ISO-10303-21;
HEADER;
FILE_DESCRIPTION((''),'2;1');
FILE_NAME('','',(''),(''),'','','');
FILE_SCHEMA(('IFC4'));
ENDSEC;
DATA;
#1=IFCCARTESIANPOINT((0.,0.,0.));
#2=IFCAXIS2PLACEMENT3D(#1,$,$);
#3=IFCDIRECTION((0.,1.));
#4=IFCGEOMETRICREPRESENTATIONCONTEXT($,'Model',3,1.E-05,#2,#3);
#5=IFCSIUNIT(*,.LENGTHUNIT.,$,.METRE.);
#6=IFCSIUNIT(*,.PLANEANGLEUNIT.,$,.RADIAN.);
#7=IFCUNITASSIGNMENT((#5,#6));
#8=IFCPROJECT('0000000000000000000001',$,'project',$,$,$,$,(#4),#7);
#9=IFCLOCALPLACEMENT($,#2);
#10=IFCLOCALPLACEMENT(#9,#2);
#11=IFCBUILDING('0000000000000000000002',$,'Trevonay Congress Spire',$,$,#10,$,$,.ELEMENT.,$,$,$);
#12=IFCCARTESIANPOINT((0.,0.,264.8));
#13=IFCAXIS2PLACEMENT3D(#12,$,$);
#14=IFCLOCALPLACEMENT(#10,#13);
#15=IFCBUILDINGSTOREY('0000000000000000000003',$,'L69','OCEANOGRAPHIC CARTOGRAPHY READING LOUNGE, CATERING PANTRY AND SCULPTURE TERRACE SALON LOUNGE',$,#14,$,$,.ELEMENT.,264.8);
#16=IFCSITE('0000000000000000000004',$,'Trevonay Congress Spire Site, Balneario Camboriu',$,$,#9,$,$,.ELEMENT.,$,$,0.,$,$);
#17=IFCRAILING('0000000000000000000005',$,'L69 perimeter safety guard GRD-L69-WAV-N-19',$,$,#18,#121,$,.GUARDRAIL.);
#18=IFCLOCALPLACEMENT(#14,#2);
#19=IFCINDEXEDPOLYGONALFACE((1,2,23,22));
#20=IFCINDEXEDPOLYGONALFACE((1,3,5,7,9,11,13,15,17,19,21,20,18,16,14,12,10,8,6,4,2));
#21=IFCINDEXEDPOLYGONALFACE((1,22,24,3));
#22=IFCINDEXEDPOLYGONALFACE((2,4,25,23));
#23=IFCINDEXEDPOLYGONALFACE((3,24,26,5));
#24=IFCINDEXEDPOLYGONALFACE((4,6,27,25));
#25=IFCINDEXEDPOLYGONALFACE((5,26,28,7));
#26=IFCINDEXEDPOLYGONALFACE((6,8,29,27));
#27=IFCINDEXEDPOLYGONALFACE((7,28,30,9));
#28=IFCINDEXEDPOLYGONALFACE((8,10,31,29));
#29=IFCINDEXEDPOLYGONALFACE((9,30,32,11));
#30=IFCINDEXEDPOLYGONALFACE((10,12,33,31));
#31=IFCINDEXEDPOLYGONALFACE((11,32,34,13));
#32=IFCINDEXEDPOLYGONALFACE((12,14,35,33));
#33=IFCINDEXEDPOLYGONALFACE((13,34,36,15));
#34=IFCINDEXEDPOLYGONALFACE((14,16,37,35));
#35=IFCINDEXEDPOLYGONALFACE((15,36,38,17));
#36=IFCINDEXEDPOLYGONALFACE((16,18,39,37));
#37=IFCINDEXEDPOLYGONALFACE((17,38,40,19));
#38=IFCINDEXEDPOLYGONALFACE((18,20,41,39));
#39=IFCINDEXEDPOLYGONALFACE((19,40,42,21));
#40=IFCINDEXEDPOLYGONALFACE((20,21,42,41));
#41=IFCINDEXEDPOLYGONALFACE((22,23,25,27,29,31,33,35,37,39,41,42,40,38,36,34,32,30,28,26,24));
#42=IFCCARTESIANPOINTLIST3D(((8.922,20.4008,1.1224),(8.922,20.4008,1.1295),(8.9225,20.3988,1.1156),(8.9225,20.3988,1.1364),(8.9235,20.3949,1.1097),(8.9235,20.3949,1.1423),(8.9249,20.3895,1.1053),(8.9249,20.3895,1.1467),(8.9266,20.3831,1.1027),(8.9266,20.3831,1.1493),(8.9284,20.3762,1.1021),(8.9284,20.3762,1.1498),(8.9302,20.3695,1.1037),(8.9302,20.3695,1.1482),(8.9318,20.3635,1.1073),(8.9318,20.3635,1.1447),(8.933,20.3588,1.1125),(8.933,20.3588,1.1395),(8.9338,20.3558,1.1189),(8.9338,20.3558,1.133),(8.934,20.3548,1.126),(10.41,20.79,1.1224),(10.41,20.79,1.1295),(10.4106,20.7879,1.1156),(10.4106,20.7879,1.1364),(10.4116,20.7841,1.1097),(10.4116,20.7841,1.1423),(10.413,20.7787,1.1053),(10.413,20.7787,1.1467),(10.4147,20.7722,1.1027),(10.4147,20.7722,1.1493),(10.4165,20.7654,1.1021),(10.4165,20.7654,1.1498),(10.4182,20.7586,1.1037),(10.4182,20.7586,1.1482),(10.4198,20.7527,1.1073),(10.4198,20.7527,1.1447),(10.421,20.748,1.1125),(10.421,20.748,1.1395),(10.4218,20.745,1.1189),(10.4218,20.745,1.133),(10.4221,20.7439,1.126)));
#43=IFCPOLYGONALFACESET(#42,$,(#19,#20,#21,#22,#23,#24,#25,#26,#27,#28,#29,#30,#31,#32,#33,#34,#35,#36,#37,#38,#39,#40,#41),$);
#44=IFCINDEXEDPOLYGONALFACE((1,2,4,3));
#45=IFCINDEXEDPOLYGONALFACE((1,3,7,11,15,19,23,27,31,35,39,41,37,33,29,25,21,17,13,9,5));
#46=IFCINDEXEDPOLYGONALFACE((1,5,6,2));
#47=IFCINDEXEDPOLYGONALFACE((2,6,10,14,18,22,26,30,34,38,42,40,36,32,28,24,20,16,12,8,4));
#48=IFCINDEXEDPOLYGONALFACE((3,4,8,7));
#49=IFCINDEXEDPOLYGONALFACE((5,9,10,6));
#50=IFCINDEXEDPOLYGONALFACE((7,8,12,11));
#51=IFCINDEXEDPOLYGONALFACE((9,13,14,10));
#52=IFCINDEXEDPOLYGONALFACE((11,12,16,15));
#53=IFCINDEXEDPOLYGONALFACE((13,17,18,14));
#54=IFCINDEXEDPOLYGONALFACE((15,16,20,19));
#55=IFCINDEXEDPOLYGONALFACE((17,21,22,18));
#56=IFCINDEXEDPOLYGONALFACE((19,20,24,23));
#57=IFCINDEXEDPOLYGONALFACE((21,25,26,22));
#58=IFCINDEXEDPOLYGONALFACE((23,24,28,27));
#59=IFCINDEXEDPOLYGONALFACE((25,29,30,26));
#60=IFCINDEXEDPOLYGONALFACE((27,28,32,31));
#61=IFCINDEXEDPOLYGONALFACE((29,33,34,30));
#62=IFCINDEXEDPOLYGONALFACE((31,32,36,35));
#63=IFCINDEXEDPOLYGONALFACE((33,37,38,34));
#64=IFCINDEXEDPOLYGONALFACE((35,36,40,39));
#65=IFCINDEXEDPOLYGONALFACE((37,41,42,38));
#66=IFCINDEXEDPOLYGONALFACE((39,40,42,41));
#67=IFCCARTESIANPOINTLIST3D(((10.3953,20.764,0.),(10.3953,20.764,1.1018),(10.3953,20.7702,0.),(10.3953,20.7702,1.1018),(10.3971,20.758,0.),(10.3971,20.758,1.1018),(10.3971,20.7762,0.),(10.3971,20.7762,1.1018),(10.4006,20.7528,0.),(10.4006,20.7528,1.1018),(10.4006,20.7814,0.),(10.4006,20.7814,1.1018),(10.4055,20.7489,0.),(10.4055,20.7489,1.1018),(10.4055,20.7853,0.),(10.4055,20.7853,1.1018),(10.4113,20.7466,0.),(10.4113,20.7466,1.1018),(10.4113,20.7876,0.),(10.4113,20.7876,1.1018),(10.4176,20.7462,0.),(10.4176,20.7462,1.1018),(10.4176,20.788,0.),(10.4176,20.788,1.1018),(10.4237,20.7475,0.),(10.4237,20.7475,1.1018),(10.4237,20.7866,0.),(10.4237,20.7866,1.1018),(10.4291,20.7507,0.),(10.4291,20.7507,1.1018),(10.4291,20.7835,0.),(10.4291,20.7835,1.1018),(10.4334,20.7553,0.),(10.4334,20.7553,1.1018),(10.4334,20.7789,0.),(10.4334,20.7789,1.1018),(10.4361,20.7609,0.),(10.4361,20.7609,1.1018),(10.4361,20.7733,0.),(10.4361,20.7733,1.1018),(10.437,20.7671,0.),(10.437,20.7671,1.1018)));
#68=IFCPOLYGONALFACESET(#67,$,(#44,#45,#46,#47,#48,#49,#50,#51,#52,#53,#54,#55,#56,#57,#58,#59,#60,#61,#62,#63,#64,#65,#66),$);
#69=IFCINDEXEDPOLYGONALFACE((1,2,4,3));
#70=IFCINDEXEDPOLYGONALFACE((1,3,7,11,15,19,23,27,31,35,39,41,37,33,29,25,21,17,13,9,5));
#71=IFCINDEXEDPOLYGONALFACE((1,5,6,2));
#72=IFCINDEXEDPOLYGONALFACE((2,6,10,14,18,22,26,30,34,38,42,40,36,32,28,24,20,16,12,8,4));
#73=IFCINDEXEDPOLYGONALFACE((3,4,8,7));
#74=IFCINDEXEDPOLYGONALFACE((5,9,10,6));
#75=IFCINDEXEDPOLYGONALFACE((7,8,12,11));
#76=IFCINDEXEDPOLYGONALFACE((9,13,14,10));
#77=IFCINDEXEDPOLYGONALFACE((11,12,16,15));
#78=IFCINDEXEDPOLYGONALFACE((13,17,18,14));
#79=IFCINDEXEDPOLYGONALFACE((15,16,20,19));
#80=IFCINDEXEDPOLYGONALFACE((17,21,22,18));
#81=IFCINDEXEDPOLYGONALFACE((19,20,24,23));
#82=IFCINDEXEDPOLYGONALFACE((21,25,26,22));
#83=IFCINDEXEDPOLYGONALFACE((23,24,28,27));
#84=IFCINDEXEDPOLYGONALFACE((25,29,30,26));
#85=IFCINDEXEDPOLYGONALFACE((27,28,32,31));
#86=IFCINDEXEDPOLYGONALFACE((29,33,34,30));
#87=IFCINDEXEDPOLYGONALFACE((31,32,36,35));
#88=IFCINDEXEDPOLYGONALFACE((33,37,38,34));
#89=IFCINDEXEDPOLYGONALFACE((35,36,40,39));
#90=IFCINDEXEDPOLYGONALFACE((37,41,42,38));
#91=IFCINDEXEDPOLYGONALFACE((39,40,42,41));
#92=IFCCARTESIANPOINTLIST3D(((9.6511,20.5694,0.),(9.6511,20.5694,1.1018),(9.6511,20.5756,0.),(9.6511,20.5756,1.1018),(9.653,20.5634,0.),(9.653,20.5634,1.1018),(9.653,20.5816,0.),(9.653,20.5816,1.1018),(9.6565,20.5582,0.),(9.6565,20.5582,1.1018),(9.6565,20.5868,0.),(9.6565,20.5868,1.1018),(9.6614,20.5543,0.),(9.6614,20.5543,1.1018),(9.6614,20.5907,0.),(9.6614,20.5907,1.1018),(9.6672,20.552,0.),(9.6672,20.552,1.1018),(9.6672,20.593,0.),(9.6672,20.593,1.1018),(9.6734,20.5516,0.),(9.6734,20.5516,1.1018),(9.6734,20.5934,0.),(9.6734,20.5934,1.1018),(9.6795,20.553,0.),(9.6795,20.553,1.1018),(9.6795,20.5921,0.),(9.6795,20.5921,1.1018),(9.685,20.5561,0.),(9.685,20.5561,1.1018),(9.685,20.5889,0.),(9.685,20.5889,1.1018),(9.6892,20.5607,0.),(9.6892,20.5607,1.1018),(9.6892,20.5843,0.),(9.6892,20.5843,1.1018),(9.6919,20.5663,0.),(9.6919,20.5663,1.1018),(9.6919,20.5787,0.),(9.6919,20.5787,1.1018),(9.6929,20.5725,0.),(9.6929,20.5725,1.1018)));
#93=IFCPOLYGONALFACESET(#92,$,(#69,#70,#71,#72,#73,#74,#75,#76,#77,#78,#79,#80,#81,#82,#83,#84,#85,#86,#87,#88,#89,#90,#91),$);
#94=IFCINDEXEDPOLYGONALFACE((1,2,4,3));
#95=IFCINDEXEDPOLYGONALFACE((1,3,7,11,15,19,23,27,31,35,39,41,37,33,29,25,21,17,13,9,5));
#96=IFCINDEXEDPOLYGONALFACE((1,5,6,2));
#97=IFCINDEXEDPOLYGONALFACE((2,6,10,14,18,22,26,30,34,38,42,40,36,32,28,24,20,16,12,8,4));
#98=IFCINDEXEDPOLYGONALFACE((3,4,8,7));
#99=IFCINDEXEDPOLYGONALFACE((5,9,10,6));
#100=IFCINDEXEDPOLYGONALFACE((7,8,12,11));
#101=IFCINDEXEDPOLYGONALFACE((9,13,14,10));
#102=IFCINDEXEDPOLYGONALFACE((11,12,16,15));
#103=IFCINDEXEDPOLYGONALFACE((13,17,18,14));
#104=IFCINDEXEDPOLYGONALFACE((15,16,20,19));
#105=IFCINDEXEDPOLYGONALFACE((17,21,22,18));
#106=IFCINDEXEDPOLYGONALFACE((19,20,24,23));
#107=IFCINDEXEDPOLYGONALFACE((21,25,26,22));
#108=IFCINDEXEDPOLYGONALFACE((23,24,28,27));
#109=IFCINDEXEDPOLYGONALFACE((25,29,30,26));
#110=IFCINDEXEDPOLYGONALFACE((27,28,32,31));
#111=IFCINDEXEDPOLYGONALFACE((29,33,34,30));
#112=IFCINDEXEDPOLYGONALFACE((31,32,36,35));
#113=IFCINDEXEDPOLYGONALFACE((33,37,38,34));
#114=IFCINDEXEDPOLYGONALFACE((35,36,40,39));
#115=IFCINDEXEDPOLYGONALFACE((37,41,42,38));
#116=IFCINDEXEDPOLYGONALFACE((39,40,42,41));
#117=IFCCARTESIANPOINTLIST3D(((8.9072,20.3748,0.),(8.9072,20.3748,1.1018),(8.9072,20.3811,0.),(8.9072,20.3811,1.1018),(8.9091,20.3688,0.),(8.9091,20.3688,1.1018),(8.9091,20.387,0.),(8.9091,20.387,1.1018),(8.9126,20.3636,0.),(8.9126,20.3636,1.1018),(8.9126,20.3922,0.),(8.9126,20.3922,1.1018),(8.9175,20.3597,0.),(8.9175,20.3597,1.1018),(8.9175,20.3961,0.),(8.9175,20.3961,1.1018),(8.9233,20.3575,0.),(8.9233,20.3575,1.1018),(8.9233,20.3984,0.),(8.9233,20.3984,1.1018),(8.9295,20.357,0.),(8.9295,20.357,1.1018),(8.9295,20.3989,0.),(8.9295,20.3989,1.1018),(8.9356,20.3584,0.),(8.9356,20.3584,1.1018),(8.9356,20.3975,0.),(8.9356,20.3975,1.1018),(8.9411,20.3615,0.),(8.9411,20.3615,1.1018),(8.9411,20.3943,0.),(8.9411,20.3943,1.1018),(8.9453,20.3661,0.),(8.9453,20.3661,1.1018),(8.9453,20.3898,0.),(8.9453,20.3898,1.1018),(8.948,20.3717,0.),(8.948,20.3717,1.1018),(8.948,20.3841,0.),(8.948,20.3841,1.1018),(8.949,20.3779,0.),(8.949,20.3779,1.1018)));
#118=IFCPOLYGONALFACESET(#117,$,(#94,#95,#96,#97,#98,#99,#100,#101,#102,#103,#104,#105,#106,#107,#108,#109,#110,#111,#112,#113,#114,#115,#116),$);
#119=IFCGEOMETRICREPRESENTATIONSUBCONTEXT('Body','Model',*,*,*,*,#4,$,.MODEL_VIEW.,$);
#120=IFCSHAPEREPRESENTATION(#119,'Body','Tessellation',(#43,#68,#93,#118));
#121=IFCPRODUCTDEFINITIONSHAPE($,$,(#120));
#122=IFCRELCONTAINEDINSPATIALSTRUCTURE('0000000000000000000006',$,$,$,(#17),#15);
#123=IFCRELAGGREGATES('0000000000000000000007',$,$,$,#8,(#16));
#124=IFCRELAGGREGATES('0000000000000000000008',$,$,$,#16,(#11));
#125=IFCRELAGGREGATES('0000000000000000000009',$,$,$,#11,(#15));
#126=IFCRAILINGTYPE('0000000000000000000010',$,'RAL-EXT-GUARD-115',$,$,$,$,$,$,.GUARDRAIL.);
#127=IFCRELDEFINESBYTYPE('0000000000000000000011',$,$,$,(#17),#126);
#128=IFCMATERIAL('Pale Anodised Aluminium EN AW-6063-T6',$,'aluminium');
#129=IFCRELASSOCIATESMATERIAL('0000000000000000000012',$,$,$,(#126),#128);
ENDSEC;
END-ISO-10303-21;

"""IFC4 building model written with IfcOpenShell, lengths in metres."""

from ifc_helpers import new_model, si_unit, direction, frame, origin, origin_2d, place, context, subcontext, project, spatial, circle, extrude, material, type_object, element, save


model = new_model("IFC4")

# Units and contexts
model_context = context("Model", 3, precision=1e-05, world=origin(), true_north=direction((0.0, 1.0)))
body_context = subcontext(model_context, "Body", "Model", "MODEL_VIEW")
ifc_project = project(units=[si_unit("LENGTHUNIT", "METRE"), si_unit("PLANEANGLEUNIT", "RADIAN")], contexts=[model_context])

# Site, building, storey
site_placement = place(None, origin())
site = spatial("IfcSite", under=ifc_project, at=site_placement, Name="Trevonay Congress Spire Site, Balneario Camboriu", CompositionType="ELEMENT", RefElevation=0.0)
building_placement = place(site_placement, origin())
building = spatial("IfcBuilding", under=site, at=building_placement, Name="Trevonay Congress Spire", CompositionType="ELEMENT")
storey_placement = place(building_placement, frame((0.0, 0.0, 264.8)))
storey = spatial("IfcBuildingStorey", under=building, at=storey_placement, Name="L69", Description="OCEANOGRAPHIC CARTOGRAPHY READING LOUNGE, CATERING PANTRY AND SCULPTURE TERRACE SALON LOUNGE", CompositionType="ELEMENT", Elevation=264.8)

# Shared definitions
ifc_material_1 = material(Name="Pale Anodised Aluminium EN AW-6063-T6", Category="aluminium")

# Railing
railing_type = type_object("IfcRailingType", Name="RAL-EXT-GUARD-115", PredefinedType="GUARDRAIL", material=ifc_material_1)
railing_1_placement = place(storey_placement, frame((10.416, 20.7671, 0.0)))
element("IfcRailing", 1, at=railing_1_placement, inside=storey, type_object=railing_type, Name="L69 perimeter safety guard GRD-L69-WAV-N-19", PredefinedType="GUARDRAIL", context=body_context, shape_type="SweptSolid", body=[
    extrude(circle(Radius=0.0239, at=origin_2d()), frame((0.0, 0.0, 1.126), z_axis=(-0.967462, -0.253016, 0.0), x_axis=(0.253016, -0.967462, 0.0)), (0.0, 0.0, 1.0), 1.5381),
    extrude(circle(Radius=0.021, at=origin_2d()), origin(), (0.0, 0.0, 1.0), 1.1018),
    extrude(circle(Radius=0.021, at=origin_2d()), frame((-0.7441, -0.1946, 0.0)), (0.0, 0.0, 1.0), 1.1018),
    extrude(circle(Radius=0.021, at=origin_2d()), frame((-1.488, -0.3892, 0.0)), (0.0, 0.0, 1.0), 1.1018),
])

save(model, "model.ifc")
